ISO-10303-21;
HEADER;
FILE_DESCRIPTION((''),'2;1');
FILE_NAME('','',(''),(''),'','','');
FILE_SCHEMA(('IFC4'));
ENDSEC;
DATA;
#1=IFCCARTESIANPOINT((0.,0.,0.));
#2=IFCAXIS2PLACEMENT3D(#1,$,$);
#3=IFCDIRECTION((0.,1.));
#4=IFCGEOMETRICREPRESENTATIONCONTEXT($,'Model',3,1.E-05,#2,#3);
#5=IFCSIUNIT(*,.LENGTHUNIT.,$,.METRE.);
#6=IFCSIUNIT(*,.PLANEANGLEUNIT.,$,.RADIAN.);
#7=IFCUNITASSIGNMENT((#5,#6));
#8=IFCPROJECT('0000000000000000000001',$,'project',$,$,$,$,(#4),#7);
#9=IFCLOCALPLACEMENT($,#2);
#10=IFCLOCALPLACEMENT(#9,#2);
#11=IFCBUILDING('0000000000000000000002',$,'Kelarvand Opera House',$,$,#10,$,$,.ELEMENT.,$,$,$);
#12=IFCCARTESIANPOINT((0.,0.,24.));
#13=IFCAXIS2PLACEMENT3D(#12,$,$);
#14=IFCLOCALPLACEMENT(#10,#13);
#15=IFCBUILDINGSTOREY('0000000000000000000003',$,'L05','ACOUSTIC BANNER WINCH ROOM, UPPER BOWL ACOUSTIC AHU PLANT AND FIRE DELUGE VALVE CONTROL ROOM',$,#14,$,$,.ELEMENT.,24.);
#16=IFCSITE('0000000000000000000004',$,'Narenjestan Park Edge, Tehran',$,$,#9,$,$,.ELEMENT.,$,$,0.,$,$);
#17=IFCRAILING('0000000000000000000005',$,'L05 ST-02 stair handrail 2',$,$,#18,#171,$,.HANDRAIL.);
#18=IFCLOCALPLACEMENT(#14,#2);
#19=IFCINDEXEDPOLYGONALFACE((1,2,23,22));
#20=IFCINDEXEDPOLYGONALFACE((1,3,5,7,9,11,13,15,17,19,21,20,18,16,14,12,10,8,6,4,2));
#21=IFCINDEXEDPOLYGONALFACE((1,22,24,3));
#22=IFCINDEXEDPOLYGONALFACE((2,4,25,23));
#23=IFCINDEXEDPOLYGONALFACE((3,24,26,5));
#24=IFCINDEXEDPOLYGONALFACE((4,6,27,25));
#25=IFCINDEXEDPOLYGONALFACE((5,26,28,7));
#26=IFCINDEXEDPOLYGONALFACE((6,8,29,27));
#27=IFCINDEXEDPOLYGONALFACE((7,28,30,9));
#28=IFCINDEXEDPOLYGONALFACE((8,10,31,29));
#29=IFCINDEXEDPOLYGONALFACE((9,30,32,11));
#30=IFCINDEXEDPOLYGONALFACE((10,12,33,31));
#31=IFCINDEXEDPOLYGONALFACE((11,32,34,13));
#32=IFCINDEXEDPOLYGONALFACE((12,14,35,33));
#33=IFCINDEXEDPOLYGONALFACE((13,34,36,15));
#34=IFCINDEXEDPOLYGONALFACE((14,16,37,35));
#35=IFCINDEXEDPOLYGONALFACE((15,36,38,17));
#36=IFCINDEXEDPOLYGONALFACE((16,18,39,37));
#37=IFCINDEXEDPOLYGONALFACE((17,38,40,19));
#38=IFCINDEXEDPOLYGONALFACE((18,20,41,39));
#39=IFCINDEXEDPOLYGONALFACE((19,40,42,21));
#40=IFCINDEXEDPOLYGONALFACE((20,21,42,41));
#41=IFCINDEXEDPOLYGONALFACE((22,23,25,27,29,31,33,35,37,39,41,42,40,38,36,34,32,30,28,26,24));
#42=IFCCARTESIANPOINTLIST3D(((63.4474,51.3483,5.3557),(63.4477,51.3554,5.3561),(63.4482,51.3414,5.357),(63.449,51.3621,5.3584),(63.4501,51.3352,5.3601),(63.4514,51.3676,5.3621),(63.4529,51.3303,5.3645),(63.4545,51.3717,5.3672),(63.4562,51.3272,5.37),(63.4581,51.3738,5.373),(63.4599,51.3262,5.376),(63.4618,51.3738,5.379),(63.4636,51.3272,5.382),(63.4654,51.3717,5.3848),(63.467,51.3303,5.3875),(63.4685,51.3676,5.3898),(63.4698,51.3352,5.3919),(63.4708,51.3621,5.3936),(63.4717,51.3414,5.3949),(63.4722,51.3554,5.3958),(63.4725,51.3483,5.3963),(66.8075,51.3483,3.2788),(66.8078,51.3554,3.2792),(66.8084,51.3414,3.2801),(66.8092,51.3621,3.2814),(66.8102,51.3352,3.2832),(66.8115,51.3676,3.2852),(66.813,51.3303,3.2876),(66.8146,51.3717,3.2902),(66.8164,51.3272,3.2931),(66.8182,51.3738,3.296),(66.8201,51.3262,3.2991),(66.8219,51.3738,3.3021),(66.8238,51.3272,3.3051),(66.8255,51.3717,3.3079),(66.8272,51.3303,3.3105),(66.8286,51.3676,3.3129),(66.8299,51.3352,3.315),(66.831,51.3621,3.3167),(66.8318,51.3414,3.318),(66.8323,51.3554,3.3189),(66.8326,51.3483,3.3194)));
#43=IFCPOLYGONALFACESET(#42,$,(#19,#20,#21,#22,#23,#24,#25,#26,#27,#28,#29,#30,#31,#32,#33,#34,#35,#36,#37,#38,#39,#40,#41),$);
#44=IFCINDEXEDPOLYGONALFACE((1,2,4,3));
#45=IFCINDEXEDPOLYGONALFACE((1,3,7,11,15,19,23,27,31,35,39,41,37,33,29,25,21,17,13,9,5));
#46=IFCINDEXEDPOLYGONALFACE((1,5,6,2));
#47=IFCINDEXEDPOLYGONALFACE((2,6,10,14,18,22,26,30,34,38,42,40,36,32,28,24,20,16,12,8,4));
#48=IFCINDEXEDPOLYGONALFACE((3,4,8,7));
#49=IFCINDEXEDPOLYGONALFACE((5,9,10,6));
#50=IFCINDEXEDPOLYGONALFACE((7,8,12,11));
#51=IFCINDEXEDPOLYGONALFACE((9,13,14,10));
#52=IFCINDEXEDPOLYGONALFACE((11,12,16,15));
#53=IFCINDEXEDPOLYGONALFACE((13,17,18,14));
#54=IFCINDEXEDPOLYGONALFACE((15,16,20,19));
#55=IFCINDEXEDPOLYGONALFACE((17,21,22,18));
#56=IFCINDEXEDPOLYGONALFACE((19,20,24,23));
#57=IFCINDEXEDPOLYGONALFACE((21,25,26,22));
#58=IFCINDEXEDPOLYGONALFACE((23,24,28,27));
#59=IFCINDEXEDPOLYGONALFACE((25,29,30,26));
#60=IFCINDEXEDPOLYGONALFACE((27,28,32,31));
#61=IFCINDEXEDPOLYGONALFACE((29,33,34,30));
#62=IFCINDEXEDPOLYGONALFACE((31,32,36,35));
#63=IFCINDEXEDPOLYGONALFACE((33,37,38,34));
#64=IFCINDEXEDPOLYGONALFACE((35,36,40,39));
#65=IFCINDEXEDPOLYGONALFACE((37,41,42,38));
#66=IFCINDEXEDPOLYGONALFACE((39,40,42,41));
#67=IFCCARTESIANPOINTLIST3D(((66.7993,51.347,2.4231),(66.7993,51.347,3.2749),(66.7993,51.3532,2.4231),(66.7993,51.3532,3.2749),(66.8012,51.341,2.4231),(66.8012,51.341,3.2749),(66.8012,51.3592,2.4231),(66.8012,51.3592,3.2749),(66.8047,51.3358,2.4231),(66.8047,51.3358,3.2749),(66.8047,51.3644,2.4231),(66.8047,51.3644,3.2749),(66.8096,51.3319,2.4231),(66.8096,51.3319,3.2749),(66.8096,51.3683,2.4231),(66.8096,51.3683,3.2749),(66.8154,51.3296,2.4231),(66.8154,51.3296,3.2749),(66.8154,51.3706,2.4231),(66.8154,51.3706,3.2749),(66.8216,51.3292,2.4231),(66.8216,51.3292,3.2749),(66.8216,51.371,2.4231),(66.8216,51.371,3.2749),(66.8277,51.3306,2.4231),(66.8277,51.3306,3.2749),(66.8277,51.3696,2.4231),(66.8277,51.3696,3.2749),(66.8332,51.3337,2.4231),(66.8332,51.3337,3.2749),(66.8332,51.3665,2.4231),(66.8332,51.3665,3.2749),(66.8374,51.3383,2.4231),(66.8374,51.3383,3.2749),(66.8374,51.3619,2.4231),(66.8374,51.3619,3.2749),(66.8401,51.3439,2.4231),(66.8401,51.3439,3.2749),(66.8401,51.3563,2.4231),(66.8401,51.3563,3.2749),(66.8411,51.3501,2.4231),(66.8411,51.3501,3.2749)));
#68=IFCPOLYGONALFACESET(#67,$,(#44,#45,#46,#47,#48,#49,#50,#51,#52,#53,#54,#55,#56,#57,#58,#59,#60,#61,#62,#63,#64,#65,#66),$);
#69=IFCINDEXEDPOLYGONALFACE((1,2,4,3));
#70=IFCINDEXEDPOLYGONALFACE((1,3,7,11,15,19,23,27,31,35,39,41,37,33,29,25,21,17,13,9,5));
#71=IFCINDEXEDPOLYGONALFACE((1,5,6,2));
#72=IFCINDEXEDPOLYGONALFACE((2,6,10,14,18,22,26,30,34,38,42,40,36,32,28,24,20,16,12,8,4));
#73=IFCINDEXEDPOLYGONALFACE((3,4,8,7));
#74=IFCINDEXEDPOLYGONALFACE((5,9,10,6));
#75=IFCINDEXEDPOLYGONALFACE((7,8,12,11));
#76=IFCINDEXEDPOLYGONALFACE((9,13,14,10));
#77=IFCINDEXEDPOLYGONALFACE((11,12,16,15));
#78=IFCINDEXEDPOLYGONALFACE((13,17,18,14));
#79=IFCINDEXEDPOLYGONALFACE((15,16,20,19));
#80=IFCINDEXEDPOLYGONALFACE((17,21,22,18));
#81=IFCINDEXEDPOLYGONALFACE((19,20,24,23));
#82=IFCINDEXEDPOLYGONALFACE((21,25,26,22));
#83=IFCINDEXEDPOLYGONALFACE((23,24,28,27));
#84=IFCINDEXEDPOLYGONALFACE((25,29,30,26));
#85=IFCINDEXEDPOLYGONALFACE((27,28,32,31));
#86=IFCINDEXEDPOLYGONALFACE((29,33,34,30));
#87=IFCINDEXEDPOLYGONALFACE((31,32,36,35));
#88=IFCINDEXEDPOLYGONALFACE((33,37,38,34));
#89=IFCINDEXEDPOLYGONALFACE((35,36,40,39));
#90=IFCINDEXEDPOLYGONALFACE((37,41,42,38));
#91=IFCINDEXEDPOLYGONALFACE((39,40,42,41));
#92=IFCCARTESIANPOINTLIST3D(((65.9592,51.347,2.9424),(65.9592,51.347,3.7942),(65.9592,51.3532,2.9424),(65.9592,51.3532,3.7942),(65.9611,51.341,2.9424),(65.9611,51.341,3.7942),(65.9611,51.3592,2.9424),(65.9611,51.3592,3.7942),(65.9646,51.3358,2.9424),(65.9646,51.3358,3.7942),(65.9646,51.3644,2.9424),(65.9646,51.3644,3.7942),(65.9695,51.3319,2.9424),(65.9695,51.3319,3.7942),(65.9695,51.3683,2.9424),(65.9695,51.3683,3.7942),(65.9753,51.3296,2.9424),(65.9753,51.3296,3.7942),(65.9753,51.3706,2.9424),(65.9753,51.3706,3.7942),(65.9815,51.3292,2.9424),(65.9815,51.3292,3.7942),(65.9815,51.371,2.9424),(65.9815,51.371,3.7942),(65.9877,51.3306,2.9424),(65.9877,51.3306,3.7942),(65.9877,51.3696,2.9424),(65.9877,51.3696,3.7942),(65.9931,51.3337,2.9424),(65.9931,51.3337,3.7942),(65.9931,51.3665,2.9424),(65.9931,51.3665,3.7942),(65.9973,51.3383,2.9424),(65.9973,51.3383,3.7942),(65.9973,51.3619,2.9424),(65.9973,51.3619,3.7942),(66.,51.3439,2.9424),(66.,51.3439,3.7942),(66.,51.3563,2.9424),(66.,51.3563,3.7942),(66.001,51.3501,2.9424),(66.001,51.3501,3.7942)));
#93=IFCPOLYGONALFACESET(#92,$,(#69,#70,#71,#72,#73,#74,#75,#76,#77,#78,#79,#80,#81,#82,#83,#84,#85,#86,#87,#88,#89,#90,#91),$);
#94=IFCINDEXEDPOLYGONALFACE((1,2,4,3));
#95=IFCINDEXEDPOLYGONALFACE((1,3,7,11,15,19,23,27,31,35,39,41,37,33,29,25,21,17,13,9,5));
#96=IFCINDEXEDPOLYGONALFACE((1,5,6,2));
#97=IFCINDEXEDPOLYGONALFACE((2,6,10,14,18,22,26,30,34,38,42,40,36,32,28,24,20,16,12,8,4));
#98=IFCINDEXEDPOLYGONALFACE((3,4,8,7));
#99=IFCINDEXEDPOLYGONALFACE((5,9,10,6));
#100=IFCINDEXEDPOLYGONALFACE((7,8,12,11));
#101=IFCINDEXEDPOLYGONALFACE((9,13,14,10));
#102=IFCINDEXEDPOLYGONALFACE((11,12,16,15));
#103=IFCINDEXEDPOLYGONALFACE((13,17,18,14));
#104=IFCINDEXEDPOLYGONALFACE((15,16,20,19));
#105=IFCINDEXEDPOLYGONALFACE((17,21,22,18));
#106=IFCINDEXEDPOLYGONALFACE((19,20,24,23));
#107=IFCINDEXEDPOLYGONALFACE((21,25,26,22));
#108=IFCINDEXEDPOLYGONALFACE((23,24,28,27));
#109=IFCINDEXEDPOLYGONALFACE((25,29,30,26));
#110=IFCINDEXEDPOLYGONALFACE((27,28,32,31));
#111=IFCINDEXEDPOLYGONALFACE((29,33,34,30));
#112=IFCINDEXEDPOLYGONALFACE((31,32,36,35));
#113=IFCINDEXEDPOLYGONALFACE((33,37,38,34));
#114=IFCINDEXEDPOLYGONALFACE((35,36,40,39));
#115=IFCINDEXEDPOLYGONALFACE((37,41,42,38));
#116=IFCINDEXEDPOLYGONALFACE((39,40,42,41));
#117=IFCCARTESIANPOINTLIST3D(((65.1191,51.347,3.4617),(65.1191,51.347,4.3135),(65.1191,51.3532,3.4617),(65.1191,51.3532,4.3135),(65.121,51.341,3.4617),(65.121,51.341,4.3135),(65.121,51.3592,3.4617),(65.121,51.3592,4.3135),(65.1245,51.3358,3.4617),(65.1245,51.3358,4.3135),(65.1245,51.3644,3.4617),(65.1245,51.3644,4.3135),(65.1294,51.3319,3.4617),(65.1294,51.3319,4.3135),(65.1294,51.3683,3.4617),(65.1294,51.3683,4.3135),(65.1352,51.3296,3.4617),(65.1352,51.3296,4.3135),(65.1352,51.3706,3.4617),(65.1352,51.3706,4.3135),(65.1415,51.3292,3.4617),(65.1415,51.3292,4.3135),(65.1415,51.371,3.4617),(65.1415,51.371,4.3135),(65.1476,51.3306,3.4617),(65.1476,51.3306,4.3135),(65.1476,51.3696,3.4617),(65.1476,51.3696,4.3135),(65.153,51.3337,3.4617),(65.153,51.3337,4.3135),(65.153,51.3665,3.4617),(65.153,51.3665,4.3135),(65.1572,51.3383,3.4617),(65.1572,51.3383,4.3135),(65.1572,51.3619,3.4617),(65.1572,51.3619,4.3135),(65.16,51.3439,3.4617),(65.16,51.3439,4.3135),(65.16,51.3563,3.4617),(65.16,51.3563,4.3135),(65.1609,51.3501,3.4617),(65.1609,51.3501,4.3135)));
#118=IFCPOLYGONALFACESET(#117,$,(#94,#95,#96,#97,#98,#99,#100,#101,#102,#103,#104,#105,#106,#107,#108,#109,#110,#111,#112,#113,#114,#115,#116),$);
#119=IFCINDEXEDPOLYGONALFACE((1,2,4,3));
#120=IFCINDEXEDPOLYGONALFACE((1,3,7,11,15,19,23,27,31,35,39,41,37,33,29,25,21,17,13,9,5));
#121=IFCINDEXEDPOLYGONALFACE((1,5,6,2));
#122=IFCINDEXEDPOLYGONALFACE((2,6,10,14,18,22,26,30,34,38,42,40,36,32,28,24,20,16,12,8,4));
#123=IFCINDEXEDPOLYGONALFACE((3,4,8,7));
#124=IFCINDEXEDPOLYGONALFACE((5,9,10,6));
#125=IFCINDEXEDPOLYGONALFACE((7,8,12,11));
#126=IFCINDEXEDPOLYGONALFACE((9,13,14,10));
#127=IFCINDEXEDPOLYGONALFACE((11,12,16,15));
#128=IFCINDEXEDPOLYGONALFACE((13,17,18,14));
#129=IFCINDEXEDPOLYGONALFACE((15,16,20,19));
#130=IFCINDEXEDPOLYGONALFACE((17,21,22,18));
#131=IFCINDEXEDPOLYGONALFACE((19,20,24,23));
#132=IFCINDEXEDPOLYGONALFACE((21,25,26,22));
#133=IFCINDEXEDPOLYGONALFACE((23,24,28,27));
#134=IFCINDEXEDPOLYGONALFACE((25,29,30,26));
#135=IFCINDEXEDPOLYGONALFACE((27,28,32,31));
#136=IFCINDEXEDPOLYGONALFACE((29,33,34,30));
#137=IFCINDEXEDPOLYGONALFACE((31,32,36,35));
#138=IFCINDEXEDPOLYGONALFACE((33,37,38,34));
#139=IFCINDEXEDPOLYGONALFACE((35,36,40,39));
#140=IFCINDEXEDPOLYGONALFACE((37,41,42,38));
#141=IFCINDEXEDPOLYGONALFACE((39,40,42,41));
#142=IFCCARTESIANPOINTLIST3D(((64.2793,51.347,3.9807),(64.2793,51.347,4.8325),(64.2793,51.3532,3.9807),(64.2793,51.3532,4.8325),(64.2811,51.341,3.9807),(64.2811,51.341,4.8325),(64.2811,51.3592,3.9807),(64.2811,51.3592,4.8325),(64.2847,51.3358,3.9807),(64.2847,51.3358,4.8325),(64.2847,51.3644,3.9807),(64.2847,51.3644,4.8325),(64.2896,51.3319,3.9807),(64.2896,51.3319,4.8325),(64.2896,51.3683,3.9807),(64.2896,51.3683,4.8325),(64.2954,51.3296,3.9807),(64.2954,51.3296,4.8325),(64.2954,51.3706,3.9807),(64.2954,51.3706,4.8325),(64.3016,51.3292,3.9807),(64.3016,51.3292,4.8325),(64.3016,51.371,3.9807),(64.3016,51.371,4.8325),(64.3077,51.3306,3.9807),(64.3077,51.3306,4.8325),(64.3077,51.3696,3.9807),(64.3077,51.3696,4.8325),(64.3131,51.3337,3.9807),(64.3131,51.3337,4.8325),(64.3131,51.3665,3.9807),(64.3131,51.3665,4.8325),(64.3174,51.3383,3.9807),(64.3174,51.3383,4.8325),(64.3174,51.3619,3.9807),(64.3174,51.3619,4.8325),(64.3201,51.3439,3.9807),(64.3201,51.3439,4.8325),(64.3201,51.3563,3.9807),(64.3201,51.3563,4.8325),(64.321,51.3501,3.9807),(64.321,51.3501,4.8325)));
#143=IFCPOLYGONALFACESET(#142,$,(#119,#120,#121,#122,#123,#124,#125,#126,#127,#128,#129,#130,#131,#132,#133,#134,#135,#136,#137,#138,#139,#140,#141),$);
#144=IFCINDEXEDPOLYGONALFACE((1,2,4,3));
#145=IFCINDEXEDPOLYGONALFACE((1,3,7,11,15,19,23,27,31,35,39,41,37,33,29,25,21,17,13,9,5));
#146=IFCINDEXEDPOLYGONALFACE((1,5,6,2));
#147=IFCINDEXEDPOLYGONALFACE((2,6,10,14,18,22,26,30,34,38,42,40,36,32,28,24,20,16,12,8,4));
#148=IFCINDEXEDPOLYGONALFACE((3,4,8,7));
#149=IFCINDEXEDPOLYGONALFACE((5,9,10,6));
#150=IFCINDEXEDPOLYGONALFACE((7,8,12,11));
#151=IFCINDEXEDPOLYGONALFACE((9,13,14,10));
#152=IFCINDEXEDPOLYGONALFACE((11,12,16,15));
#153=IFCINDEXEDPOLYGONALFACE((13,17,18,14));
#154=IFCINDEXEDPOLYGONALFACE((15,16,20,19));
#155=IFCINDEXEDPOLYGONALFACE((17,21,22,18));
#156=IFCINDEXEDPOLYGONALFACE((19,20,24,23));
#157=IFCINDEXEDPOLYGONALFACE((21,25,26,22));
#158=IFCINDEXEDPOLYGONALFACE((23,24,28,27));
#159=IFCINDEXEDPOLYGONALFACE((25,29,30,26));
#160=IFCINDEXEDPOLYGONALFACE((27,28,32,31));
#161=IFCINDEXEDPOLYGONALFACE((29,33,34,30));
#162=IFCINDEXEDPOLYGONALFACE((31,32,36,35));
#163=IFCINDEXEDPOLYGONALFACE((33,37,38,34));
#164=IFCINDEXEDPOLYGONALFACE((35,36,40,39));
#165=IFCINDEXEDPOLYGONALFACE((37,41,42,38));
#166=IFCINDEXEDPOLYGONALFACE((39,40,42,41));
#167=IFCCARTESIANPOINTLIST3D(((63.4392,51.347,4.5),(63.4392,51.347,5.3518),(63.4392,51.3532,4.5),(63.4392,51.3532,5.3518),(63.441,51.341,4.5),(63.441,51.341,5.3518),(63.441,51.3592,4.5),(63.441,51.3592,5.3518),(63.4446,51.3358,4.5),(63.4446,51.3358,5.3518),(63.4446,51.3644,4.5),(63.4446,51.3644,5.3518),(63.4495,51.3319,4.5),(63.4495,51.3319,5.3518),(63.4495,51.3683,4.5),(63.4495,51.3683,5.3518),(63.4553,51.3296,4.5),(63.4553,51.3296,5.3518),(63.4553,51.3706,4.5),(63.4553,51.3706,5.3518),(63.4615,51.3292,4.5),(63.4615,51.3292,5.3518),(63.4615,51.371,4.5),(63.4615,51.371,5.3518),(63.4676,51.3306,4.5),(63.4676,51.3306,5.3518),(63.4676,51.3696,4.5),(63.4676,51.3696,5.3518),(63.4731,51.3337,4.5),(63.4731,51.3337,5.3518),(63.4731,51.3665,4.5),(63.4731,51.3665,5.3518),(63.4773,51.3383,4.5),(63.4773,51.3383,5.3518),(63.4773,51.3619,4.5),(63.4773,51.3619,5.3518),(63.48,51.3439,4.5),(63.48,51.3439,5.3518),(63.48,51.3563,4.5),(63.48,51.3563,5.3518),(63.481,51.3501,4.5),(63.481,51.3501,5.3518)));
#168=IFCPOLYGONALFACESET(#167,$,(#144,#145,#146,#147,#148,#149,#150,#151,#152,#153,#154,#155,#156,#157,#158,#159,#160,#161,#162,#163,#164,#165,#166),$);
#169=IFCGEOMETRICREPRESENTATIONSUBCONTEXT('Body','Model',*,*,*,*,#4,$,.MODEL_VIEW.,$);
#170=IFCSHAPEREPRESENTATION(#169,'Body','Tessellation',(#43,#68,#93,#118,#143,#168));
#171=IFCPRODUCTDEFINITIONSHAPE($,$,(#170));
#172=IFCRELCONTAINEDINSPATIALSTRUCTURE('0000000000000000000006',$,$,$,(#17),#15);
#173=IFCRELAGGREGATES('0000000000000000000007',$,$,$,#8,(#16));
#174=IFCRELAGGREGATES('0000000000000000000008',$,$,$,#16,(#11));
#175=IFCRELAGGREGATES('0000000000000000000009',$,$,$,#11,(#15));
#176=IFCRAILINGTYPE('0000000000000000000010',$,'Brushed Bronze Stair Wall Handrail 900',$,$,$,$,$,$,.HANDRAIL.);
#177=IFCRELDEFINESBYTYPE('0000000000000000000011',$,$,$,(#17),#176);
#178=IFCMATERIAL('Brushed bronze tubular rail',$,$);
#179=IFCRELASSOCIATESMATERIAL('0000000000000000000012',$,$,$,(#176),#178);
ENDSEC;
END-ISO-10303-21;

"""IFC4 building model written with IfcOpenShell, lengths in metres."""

from ifc_helpers import new_model, si_unit, direction, frame, origin, origin_2d, place, context, subcontext, project, spatial, circle, extrude, material, type_object, element, save


model = new_model("IFC4")

# Units and contexts
model_context = context("Model", 3, precision=1e-05, world=origin(), true_north=direction((0.0, 1.0)))
body_context = subcontext(model_context, "Body", "Model", "MODEL_VIEW")
ifc_project = project(units=[si_unit("LENGTHUNIT", "METRE"), si_unit("PLANEANGLEUNIT", "RADIAN")], contexts=[model_context])

# Site, building, storey
site_placement = place(None, origin())
site = spatial("IfcSite", under=ifc_project, at=site_placement, Name="Narenjestan Park Edge, Tehran", CompositionType="ELEMENT", RefElevation=0.0)
building_placement = place(site_placement, origin())
building = spatial("IfcBuilding", under=site, at=building_placement, Name="Kelarvand Opera House", CompositionType="ELEMENT")
storey_placement = place(building_placement, frame((0.0, 0.0, 24.0)))
storey = spatial("IfcBuildingStorey", under=building, at=storey_placement, Name="L05", Description="ACOUSTIC BANNER WINCH ROOM, UPPER BOWL ACOUSTIC AHU PLANT AND FIRE DELUGE VALVE CONTROL ROOM", CompositionType="ELEMENT", Elevation=24.0)

# Railing
ifc_material_1 = material(Name="Brushed bronze tubular rail")
railing_type_1 = type_object("IfcRailingType", Name="Brushed Bronze Stair Wall Handrail 900", PredefinedType="HANDRAIL", material=ifc_material_1)
railing_1_placement = place(storey_placement, frame((66.8201, 51.3501, 2.4231)))
element("IfcRailing", 1, at=railing_1_placement, inside=storey, type_object=railing_type_1, Name="L05 ST-02 stair handrail 2", PredefinedType="HANDRAIL", context=body_context, shape_type="SweptSolid", body=[
    extrude(circle(Radius=0.0239, at=origin_2d()), frame((0.0, 0.0, 0.876), z_axis=(-0.850623, 0.0, 0.525776), x_axis=(0.0, -1.0, 0.0)), (0.0, 0.0, 1.0), 3.9502),
    extrude(circle(Radius=0.021, at=origin_2d()), origin(), (0.0, 0.0, 1.0), 0.8518),
    extrude(circle(Radius=0.021, at=origin_2d()), frame((-0.8401, 0.0, 0.5193)), (0.0, 0.0, 1.0), 0.8518),
    extrude(circle(Radius=0.021, at=origin_2d()), frame((-1.6802, 0.0, 1.0386)), (0.0, 0.0, 1.0), 0.8518),
    extrude(circle(Radius=0.021, at=origin_2d()), frame((-2.52, 0.0, 1.5576)), (0.0, 0.0, 1.0), 0.8518),
    extrude(circle(Radius=0.021, at=origin_2d()), frame((-3.3601, 0.0, 2.0769)), (0.0, 0.0, 1.0), 0.8518),
])

save(model, "model.ifc")
